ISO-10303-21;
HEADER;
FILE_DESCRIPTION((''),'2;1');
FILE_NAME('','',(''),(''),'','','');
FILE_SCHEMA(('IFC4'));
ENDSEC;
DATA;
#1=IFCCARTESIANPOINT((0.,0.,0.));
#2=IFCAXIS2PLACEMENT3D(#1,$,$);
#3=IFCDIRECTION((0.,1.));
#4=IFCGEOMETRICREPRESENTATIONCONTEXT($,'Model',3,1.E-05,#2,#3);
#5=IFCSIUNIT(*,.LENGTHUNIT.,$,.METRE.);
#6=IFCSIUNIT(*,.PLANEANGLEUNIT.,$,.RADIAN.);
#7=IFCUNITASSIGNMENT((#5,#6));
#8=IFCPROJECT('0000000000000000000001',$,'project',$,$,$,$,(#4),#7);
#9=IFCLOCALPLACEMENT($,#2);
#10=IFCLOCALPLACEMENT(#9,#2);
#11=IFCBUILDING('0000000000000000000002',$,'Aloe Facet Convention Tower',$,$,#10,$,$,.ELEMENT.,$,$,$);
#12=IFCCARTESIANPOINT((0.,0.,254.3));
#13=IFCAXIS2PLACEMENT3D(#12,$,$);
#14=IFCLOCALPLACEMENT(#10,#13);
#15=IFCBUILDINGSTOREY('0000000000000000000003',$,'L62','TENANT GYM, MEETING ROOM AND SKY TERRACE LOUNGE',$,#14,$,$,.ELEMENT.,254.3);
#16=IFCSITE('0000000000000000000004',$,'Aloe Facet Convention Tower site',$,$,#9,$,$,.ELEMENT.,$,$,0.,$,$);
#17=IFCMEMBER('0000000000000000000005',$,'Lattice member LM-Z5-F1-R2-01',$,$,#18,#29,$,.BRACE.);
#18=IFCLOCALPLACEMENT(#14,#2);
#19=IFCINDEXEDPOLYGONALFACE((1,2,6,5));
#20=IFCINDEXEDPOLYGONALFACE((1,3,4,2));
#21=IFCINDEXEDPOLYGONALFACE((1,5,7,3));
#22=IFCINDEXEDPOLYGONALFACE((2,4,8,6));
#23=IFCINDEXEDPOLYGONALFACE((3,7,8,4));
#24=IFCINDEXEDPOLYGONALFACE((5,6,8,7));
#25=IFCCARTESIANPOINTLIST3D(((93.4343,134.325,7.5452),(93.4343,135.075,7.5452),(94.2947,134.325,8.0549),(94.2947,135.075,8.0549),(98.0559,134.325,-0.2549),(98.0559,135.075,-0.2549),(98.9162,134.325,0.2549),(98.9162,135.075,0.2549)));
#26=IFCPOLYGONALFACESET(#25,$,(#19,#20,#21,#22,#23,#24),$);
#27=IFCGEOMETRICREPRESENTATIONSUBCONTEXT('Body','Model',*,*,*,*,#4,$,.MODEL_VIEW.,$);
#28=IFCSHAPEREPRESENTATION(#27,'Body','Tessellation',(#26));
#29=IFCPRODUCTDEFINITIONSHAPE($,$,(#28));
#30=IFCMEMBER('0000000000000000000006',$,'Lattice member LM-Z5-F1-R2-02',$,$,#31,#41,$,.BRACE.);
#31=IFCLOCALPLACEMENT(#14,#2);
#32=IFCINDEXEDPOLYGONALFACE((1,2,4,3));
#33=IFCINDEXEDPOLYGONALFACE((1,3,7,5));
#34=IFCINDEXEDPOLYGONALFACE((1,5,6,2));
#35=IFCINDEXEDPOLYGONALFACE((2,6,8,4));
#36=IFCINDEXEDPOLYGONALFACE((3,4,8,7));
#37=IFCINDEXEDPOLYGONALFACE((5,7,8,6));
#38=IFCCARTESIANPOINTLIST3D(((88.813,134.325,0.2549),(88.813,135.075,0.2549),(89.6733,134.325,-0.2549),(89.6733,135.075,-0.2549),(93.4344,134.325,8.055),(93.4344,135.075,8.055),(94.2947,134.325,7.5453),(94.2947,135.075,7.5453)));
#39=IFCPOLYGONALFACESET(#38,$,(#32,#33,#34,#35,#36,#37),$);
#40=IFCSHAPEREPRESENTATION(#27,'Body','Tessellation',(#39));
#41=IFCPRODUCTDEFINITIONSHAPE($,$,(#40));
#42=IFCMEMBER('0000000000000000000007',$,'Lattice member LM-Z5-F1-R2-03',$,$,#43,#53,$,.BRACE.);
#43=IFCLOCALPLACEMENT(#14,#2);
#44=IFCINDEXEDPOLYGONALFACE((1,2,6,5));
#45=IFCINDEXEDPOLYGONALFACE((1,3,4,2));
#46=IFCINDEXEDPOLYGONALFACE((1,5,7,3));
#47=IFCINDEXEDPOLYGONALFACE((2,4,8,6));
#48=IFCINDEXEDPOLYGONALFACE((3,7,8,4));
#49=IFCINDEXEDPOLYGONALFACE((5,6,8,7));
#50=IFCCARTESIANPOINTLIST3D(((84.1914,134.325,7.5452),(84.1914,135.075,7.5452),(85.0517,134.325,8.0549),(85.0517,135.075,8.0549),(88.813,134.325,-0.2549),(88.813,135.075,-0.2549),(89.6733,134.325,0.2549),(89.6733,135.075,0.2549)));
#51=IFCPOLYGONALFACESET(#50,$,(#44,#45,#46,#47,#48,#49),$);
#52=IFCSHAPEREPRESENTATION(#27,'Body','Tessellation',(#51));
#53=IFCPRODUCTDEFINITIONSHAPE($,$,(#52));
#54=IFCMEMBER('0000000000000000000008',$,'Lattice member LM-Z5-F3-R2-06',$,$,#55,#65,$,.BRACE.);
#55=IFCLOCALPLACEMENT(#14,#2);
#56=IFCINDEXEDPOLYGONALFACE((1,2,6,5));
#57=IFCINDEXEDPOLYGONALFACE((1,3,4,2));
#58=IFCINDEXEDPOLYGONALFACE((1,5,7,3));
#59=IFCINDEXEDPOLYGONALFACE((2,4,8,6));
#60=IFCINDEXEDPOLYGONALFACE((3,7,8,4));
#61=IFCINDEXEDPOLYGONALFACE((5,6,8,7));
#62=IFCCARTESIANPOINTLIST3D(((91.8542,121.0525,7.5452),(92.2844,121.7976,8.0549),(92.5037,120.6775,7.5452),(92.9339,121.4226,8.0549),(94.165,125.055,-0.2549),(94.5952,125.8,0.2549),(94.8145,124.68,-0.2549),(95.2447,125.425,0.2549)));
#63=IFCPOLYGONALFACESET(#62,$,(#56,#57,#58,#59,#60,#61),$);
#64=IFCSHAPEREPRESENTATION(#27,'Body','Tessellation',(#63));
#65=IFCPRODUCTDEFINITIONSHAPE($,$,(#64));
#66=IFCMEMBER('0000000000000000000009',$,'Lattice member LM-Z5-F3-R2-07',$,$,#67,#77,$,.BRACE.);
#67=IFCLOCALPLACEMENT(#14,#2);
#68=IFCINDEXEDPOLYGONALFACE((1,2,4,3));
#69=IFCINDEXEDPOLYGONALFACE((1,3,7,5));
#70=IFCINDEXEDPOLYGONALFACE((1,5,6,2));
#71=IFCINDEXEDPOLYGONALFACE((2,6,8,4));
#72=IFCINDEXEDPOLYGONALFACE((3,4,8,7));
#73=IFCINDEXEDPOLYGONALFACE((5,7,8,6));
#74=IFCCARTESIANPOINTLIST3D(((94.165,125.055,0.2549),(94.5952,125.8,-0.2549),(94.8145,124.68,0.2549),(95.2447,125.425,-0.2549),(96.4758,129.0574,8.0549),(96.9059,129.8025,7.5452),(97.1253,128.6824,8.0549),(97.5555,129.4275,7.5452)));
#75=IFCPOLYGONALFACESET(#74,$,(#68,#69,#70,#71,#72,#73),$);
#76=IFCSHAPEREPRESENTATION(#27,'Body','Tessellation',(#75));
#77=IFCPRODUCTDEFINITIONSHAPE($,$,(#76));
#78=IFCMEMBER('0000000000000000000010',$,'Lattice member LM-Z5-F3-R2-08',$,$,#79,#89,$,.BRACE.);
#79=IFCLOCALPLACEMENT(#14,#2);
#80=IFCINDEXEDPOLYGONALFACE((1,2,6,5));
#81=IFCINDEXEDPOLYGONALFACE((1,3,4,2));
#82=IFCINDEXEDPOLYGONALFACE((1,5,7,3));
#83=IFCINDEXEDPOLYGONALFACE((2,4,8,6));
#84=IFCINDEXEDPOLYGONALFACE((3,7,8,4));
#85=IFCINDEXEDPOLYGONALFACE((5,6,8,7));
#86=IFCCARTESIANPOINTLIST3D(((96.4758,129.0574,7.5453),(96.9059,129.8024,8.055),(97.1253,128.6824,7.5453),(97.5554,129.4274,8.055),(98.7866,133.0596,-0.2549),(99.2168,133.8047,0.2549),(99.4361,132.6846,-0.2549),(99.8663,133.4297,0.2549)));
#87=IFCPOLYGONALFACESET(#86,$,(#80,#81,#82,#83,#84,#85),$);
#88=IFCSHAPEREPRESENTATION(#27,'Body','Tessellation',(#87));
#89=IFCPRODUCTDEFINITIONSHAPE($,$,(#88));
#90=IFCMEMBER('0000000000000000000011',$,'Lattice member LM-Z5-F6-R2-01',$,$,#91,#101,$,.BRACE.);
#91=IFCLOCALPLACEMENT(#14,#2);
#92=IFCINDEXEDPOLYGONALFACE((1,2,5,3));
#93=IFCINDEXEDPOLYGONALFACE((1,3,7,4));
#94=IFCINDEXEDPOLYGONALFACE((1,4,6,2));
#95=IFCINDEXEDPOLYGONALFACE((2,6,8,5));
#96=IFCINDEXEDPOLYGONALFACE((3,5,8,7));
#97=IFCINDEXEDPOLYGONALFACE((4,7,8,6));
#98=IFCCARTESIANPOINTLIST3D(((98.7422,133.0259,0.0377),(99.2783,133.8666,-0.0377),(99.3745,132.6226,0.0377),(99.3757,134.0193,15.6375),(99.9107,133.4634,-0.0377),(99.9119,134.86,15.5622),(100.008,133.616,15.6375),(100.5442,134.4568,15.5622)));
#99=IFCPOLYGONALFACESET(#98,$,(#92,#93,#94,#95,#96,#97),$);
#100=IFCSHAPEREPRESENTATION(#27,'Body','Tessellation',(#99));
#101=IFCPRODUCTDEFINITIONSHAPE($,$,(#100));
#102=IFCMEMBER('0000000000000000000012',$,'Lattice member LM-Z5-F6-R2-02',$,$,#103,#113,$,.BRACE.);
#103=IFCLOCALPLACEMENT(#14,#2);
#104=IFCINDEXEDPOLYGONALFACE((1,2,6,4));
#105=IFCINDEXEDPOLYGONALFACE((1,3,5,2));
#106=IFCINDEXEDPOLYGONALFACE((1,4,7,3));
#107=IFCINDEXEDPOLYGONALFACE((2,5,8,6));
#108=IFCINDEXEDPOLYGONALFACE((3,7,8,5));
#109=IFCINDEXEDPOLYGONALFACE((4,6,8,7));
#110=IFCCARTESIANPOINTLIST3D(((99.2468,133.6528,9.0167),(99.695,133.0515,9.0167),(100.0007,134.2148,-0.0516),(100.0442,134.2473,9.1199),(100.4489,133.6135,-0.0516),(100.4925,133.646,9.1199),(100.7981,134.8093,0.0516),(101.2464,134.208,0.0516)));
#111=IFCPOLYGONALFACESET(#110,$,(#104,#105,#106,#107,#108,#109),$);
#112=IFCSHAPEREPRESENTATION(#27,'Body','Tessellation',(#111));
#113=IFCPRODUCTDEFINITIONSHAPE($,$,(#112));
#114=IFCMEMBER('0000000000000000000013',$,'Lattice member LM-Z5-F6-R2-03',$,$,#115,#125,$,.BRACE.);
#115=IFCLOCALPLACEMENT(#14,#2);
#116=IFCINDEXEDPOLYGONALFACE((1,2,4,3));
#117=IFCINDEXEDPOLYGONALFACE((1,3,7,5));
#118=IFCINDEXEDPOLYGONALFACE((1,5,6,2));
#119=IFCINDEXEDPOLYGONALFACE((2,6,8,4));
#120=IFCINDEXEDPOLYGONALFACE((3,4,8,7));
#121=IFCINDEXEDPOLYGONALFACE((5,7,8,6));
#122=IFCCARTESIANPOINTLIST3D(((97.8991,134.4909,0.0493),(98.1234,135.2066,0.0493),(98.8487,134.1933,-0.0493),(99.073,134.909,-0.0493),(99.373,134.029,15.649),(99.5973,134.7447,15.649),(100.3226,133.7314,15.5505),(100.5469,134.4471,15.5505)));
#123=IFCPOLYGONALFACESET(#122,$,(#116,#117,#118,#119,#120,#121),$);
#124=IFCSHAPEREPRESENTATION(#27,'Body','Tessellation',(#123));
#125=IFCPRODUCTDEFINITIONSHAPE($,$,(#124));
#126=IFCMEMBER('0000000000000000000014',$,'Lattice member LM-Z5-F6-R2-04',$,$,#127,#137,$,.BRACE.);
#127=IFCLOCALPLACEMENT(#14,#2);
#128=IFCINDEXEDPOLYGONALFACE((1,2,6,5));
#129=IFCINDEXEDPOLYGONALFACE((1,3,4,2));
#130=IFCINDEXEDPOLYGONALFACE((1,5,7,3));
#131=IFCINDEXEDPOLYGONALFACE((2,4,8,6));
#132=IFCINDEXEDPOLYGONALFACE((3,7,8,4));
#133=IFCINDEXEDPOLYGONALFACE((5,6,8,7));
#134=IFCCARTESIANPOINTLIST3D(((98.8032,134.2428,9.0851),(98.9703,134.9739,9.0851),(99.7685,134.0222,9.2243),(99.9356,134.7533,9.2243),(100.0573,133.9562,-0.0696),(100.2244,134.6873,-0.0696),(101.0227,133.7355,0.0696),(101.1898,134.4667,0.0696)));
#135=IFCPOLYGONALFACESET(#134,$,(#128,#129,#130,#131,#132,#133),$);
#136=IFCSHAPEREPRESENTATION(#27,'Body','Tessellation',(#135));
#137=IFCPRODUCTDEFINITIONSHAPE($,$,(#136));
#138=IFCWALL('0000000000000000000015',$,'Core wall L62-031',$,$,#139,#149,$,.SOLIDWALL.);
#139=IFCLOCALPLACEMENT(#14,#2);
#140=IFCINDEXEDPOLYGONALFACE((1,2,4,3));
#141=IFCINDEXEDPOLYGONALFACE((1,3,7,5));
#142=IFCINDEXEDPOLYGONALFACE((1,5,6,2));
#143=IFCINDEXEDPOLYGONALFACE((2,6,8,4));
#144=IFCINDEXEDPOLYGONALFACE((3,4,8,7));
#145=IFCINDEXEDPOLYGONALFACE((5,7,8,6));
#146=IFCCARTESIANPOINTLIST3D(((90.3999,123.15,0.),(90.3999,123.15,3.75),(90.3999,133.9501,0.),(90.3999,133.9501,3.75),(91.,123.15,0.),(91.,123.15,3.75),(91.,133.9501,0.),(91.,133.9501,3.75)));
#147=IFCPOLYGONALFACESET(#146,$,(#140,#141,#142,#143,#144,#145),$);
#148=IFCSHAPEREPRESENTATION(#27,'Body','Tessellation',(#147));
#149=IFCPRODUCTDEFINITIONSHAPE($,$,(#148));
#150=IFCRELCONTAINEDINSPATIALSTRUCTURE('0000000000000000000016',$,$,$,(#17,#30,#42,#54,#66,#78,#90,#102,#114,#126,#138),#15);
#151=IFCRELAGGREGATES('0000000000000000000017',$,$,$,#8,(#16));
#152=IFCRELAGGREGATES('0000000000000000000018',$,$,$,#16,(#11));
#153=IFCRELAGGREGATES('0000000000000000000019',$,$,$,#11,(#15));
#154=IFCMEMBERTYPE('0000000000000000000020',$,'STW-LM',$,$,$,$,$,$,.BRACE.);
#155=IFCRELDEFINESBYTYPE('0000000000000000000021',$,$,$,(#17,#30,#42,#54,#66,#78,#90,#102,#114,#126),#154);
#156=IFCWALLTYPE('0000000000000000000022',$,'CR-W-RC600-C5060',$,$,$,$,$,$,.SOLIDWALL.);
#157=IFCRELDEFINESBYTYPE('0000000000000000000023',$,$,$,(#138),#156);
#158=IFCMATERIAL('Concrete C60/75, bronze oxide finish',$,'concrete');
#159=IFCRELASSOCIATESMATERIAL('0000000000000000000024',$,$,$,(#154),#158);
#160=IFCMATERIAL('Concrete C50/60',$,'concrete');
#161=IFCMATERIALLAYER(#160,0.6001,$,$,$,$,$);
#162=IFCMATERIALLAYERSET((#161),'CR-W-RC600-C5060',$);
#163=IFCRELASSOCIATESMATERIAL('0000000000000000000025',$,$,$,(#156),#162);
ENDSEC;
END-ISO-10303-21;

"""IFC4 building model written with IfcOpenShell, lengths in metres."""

from ifc_helpers import new_model, si_unit, direction, frame, frame_2d, origin, origin_2d, place, context, subcontext, project, spatial, rectangle, extrude, material, layer, layer_set, material_profile, profile_set, type_object, element, save


model = new_model("IFC4")

# Units and contexts
model_context = context("Model", 3, precision=1e-05, world=origin(), true_north=direction((0.0, 1.0)))
body_context = subcontext(model_context, "Body", "Model", "MODEL_VIEW")
ifc_project = project(units=[si_unit("LENGTHUNIT", "METRE"), si_unit("PLANEANGLEUNIT", "RADIAN")], contexts=[model_context])

# Site, building, storey
site_placement = place(None, origin())
site = spatial("IfcSite", under=ifc_project, at=site_placement, Name="Aloe Facet Convention Tower site", CompositionType="ELEMENT", RefElevation=0.0)
building_placement = place(site_placement, origin())
building = spatial("IfcBuilding", under=site, at=building_placement, Name="Aloe Facet Convention Tower", CompositionType="ELEMENT")
storey_placement = place(building_placement, frame((0.0, 0.0, 254.3)))
storey = spatial("IfcBuildingStorey", under=building, at=storey_placement, Name="L62", Description="TENANT GYM, MEETING ROOM AND SKY TERRACE LOUNGE", CompositionType="ELEMENT", Elevation=254.3)

# Members
ifc_material_1 = material(Name="Concrete C60/75, bronze oxide finish", Category="concrete")
ifc_material_profile_1 = material_profile(ifc_material_1, rectangle(XDim=0.75, YDim=1.0, at=origin_2d()), Name="STW-LM")
ifc_profile_set_1 = profile_set([ifc_material_profile_1], Name="Concrete C60/75, bronze oxide finish")
member_type = type_object("IfcMemberType", Name="STW-LM", PredefinedType="BRACE", material=ifc_profile_set_1)
for number, where, z_axis, x_axis, name in (
    (1, (98.4861, 134.7, 0.0), (-0.509748, 0.0, 0.860324), (0.0, -1.0, 0.0), "Lattice member LM-Z5-F1-R2-01"),
    (2, (89.2432, 134.7, 0.0), (0.509728, 0.0, 0.860336), (0.0, 1.0, 0.0), "Lattice member LM-Z5-F1-R2-02"),
    (3, (89.2432, 134.7, 0.0), (-0.509748, 0.0, 0.860324), (0.0, -1.0, 0.0), "Lattice member LM-Z5-F1-R2-03"),
    (4, (94.7048, 125.24, 0.0), (-0.254873, -0.441458, 0.860322), (0.866027, -0.499997, 0.0), "Lattice member LM-Z5-F3-R2-06"),
    (5, (94.7048, 125.24, 0.0), (0.254873, 0.441458, 0.860322), (-0.866027, 0.499997, 0.0), "Lattice member LM-Z5-F3-R2-07"),
    (6, (99.3264, 133.2446, 0.0), (-0.254876, -0.441436, 0.860333), (0.866014, -0.50002, 0.0), "Lattice member LM-Z5-F3-R2-08"),
):
    element("IfcMember", number, at=place(storey_placement, frame(where, z_axis=z_axis, x_axis=x_axis)), inside=storey, type_object=member_type, Name=name, PredefinedType="BRACE", context=body_context, shape_type="SweptSolid", body=[
        extrude(rectangle(XDim=0.75, YDim=1.0, at=origin_2d()), origin(), (0.0, 0.0, 1.0), 9.0664),
    ])
member_1_placement = place(storey_placement, frame((99.3264, 133.2446, 0.0), z_axis=(0.040497, 0.0635, 0.99716), x_axis=(-0.843132, 0.537707, 0.0)))
element("IfcMember", 7, at=member_1_placement, inside=storey, type_object=member_type, Name="Lattice member LM-Z5-F6-R2-01", PredefinedType="BRACE", context=body_context, shape_type="SweptSolid", body=[
    extrude(rectangle(XDim=0.75, YDim=1.0, at=origin_2d()), origin(), (0.0, 0.0, 1.0), 15.6443),
])
member_2_placement = place(storey_placement, frame((100.6235, 134.2114, 0.0), z_axis=(-0.082693, -0.061644, 0.994667), x_axis=(0.597671, -0.801741, 0.0)))
element("IfcMember", 8, at=member_2_placement, inside=storey, type_object=member_type, Name="Lattice member LM-Z5-F6-R2-02", PredefinedType="BRACE", context=body_context, shape_type="SweptSolid", body=[
    extrude(rectangle(XDim=0.75, YDim=1.0, at=origin_2d()), origin(), (0.0, 0.0, 1.0), 9.1169),
])
member_3_placement = place(storey_placement, frame((98.4861, 134.7, 0.0), z_axis=(0.09402, -0.029466, 0.995134), x_axis=(0.299058, 0.954235, 0.0)))
element("IfcMember", 9, at=member_3_placement, inside=storey, type_object=member_type, Name="Lattice member LM-Z5-F6-R2-03", PredefinedType="BRACE", context=body_context, shape_type="SweptSolid", body=[
    extrude(rectangle(XDim=0.75, YDim=1.0, at=origin_2d()), origin(), (0.0, 0.0, 1.0), 15.676),
])
member_4_placement = place(storey_placement, frame((100.6235, 134.2114, 0.0), z_axis=(-0.135661, 0.031004, 0.99027), x_axis=(-0.222794, -0.974866, 0.0)))
element("IfcMember", 10, at=member_4_placement, inside=storey, type_object=member_type, Name="Lattice member LM-Z5-F6-R2-04", PredefinedType="BRACE", context=body_context, shape_type="SweptSolid", body=[
    extrude(rectangle(XDim=0.75, YDim=1.0, at=origin_2d()), origin(), (0.0, 0.0, 1.0), 9.2446),
])

# Wall
ifc_material_2 = material(Name="Concrete C50/60", Category="concrete")
ifc_layer_1 = layer(ifc_material_2, 0.6001)
ifc_layer_set_1 = layer_set([ifc_layer_1], Name="CR-W-RC600-C5060")
wall_type_1 = type_object("IfcWallType", Name="CR-W-RC600-C5060", PredefinedType="SOLIDWALL", material=ifc_layer_set_1)
wall_1_placement = place(storey_placement, frame((90.7, 133.95, 0.0), z_axis=(0.0, 0.0, 1.0), x_axis=(0.0, -1.0, 0.0)))
element("IfcWall", 11, at=wall_1_placement, inside=storey, type_object=wall_type_1, Name="Core wall L62-031", PredefinedType="SOLIDWALL", context=body_context, shape_type="SweptSolid", body=[
    extrude(rectangle(XDim=10.8, YDim=0.6001, at=frame_2d((5.3999, 0.0))), origin(), (0.0, 0.0, 1.0), 3.75),
])

save(model, "model.ifc")
